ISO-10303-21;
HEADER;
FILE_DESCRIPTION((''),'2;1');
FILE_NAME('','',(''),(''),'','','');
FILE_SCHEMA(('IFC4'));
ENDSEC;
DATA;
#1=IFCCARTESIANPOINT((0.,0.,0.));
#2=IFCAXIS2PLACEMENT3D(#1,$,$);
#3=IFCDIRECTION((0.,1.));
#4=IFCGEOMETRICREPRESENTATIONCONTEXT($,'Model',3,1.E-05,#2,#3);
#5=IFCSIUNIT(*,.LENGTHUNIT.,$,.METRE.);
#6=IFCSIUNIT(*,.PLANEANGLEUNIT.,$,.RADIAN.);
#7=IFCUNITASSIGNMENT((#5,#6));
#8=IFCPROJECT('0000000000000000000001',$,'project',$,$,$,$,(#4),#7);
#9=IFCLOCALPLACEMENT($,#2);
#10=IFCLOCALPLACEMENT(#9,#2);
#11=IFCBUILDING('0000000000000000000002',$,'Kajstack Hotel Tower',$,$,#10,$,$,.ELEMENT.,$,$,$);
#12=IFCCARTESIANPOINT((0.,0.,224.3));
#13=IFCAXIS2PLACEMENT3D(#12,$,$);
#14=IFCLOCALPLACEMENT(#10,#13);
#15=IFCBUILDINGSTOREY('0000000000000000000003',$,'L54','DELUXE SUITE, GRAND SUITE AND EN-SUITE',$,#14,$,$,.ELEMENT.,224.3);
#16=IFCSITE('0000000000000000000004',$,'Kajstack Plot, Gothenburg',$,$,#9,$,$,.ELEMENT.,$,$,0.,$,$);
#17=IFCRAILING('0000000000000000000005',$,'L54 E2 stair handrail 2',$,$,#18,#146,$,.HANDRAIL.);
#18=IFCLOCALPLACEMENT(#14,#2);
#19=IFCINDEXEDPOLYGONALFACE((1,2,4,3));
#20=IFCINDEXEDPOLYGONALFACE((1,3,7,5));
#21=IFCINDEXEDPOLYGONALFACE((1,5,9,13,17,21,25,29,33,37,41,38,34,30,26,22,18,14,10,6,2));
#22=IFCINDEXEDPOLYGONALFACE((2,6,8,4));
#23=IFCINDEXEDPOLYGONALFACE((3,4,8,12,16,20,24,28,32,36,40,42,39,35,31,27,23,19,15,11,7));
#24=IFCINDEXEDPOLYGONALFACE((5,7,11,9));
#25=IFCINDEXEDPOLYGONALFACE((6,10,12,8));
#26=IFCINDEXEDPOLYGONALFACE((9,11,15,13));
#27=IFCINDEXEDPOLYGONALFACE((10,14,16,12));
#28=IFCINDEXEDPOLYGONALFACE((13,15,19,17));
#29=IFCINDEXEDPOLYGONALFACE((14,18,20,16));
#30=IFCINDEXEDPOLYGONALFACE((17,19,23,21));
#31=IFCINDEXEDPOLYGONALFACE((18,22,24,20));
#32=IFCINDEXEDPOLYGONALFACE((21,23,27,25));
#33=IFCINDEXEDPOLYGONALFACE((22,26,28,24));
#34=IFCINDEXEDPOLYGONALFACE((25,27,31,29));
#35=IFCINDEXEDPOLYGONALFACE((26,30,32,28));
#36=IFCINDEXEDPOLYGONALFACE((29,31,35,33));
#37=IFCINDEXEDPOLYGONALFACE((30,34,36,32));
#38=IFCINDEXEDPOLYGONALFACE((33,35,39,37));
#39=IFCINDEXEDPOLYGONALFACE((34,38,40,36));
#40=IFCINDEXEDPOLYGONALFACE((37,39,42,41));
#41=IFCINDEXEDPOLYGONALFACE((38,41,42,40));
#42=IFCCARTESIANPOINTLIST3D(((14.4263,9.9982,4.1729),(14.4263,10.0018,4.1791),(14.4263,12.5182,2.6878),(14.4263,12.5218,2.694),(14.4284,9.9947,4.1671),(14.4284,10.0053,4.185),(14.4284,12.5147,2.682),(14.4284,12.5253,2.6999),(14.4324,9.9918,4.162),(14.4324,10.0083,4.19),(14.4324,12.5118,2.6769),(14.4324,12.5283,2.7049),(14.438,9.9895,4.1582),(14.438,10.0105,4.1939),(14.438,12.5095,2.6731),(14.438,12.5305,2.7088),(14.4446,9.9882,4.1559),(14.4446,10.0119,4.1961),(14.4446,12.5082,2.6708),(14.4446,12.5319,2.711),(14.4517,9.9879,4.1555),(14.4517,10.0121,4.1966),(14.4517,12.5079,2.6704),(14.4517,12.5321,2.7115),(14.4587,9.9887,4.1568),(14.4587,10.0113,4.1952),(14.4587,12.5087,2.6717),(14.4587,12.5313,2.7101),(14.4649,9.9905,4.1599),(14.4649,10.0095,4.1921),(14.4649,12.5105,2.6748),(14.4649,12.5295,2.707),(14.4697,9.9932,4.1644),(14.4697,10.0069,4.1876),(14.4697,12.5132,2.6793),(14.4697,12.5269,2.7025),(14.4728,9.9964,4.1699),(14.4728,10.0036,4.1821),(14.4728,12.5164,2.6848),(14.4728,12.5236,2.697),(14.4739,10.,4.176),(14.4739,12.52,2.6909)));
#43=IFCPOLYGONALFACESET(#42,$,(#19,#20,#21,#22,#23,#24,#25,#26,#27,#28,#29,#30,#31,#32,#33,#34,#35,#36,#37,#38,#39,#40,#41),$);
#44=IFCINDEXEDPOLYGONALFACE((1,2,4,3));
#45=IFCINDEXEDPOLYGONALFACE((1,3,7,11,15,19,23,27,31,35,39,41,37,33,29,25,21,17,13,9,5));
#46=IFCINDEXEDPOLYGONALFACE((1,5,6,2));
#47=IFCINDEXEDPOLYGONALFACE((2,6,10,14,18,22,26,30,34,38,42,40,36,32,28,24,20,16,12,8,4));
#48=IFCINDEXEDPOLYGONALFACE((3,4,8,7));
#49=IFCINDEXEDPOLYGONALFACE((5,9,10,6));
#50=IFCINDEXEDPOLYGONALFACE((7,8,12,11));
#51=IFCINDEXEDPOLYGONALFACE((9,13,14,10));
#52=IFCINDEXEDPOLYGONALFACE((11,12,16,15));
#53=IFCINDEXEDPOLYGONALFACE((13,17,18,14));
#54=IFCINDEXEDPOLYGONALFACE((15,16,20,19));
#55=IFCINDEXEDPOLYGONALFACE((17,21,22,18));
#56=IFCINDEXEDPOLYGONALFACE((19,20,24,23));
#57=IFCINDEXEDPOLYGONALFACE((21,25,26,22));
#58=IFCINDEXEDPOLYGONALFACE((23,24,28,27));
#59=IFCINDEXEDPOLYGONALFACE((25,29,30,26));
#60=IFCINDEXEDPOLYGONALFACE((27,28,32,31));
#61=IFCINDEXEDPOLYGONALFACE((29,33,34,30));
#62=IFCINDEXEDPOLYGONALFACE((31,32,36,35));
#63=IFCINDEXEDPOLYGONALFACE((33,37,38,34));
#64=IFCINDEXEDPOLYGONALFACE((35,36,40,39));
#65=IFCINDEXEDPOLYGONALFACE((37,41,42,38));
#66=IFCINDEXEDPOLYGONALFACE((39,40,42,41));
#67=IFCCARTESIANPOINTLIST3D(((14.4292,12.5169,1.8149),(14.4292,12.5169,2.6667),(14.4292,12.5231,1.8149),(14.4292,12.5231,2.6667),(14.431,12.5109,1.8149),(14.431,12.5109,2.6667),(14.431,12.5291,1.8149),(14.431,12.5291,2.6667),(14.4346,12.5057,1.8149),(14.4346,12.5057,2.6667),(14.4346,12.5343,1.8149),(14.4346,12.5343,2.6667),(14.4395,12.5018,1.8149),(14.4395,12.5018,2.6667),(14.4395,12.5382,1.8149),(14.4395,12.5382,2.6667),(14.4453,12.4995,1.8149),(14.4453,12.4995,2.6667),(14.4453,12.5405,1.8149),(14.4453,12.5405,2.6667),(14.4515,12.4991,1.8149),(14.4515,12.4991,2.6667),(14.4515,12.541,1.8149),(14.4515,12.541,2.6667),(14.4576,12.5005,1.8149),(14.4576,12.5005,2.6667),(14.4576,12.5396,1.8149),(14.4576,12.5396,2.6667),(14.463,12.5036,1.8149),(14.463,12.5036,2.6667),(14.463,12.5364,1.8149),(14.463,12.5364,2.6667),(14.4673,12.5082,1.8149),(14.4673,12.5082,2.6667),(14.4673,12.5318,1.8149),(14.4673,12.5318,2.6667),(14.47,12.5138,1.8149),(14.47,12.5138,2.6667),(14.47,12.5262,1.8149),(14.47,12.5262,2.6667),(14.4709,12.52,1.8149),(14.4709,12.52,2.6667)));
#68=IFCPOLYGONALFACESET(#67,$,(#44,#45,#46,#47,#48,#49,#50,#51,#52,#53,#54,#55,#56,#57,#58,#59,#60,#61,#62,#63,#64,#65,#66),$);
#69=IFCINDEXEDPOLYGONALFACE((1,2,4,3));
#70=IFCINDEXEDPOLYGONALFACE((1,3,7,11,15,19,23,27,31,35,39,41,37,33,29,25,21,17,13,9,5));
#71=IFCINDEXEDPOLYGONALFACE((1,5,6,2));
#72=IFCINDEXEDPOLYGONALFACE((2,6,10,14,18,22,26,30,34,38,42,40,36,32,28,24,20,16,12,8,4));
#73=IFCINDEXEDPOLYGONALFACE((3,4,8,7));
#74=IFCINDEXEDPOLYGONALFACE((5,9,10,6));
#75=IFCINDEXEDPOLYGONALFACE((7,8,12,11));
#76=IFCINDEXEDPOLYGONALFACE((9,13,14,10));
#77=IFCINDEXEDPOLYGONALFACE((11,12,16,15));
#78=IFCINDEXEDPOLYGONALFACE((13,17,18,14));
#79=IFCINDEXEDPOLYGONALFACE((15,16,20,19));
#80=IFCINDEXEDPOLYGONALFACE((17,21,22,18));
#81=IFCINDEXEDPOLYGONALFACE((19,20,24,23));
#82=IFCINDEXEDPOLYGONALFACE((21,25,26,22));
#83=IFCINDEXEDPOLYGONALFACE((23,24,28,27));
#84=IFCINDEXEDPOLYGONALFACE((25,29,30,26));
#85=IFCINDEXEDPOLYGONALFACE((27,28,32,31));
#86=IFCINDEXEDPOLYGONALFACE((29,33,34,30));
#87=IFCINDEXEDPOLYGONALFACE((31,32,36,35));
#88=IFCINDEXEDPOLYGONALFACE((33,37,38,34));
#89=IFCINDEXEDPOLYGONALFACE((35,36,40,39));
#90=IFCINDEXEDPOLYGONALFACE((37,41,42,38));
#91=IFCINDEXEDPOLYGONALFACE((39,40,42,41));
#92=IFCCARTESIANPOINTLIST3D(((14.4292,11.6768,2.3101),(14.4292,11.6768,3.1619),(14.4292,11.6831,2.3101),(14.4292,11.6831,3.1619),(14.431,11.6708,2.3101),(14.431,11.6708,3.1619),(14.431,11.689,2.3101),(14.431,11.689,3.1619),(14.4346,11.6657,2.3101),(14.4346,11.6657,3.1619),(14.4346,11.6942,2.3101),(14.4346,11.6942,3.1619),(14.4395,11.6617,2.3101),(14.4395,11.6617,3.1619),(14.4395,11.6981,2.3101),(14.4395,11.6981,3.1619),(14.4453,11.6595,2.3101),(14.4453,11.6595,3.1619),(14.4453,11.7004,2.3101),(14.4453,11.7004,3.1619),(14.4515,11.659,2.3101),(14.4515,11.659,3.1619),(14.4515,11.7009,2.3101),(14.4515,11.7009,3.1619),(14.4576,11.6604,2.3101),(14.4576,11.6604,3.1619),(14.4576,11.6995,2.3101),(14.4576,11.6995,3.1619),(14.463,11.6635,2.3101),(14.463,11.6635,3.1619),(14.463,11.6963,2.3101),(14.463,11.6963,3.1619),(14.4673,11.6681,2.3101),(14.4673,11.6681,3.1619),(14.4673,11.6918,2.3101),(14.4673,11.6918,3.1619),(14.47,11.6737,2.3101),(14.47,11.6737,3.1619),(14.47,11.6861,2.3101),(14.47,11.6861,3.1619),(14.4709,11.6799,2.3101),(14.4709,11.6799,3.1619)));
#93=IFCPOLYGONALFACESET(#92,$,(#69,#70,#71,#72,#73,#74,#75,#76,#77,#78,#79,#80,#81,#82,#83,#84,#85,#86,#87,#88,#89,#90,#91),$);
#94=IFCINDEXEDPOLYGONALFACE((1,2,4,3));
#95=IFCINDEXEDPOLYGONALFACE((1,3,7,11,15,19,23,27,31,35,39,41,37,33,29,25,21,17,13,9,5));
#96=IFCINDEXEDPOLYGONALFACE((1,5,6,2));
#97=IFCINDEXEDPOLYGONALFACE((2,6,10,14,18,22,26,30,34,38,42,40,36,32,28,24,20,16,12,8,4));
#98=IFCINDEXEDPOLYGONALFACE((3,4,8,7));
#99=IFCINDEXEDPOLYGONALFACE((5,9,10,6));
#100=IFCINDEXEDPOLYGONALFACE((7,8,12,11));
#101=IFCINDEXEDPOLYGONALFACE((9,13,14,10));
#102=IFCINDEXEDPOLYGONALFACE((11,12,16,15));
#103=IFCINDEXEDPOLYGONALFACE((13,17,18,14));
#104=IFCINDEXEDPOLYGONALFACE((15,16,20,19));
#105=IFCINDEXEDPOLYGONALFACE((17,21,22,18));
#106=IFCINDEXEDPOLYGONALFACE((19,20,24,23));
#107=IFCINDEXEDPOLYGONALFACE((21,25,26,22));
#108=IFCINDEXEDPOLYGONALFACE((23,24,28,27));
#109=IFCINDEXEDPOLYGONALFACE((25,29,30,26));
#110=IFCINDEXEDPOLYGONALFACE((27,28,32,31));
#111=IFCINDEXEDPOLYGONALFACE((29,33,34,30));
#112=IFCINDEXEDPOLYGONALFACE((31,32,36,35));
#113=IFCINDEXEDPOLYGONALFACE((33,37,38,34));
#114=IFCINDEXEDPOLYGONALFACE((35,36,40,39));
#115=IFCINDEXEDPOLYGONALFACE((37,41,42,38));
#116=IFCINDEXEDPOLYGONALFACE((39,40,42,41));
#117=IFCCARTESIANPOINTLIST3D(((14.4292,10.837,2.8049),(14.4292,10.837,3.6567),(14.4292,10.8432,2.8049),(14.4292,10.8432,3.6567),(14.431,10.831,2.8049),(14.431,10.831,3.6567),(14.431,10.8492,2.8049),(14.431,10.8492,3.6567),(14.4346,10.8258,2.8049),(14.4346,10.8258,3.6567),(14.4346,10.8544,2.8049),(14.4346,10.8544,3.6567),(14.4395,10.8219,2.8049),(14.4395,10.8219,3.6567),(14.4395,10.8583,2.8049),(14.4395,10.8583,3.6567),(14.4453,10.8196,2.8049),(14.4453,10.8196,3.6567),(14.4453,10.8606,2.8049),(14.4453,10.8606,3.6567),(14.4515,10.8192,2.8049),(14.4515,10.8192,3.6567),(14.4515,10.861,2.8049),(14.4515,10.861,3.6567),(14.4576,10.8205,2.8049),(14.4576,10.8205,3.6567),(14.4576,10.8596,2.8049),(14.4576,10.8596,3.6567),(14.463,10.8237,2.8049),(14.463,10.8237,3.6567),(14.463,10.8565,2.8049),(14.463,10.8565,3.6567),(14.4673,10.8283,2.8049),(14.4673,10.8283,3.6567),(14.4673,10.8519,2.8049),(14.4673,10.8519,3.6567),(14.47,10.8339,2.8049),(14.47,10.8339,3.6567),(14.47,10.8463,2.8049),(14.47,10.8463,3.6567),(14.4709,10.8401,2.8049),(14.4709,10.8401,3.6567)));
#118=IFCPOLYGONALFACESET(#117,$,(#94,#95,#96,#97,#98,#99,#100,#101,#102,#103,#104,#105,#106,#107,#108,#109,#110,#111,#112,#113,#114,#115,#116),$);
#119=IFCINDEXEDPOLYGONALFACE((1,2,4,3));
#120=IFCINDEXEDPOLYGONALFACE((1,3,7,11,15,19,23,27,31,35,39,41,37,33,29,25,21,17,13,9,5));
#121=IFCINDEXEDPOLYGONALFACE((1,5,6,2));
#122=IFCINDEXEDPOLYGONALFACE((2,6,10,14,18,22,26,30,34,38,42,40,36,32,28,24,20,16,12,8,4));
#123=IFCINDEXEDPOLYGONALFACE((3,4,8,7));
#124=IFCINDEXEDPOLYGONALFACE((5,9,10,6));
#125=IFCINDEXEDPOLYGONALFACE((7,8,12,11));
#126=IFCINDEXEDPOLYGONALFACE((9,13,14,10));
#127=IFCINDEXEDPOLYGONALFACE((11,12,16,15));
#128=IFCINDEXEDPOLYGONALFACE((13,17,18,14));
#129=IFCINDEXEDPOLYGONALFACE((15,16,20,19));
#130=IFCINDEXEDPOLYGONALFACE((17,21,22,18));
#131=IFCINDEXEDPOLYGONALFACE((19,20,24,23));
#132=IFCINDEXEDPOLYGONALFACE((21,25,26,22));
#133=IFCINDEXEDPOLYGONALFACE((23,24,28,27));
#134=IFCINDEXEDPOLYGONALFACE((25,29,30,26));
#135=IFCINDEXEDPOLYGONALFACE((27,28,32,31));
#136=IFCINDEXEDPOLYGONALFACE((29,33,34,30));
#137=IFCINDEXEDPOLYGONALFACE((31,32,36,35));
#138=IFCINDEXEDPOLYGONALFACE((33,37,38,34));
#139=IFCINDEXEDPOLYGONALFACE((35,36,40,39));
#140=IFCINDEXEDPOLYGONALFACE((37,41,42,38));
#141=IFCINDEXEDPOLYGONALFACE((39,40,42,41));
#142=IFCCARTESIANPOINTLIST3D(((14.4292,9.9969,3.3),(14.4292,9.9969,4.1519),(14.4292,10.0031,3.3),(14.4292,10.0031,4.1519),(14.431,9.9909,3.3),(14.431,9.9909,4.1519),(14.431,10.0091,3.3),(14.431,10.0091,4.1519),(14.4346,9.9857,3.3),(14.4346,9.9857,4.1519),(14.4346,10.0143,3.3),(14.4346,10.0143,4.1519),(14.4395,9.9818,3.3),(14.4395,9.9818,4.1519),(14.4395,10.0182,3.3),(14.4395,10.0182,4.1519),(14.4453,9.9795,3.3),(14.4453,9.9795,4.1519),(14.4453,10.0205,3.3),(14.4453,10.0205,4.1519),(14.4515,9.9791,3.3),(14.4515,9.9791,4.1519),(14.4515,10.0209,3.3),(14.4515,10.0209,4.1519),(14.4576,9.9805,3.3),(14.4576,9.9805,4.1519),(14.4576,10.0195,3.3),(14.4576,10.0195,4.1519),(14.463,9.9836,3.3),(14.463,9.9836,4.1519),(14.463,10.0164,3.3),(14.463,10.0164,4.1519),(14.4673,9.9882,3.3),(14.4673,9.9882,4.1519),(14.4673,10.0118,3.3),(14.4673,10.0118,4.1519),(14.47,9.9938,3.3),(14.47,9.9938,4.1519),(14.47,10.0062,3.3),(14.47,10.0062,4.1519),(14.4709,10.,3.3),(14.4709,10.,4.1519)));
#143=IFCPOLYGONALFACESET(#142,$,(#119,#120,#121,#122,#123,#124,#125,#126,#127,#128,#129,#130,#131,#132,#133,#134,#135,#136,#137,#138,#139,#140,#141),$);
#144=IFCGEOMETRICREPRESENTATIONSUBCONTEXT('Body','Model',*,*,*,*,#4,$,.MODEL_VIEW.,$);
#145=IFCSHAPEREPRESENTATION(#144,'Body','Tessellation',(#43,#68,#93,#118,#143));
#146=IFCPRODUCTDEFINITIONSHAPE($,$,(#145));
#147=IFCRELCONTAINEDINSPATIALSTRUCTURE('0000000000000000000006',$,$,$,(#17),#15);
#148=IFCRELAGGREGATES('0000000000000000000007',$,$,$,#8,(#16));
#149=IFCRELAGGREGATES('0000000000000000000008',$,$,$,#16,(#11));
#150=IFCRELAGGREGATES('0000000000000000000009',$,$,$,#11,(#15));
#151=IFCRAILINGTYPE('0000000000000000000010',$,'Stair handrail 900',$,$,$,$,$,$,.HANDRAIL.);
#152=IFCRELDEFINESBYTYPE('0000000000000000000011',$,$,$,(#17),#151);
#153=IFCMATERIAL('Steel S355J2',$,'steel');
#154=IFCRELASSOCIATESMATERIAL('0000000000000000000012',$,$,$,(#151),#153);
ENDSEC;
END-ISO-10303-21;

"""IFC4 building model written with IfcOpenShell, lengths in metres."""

from ifc_helpers import new_model, si_unit, direction, frame, origin, origin_2d, place, context, subcontext, project, spatial, circle, extrude, material, type_object, element, save


model = new_model("IFC4")

# Units and contexts
model_context = context("Model", 3, precision=1e-05, world=origin(), true_north=direction((0.0, 1.0)))
body_context = subcontext(model_context, "Body", "Model", "MODEL_VIEW")
ifc_project = project(units=[si_unit("LENGTHUNIT", "METRE"), si_unit("PLANEANGLEUNIT", "RADIAN")], contexts=[model_context])

# Site, building, storey
site_placement = place(None, origin())
site = spatial("IfcSite", under=ifc_project, at=site_placement, Name="Kajstack Plot, Gothenburg", CompositionType="ELEMENT", RefElevation=0.0)
building_placement = place(site_placement, origin())
building = spatial("IfcBuilding", under=site, at=building_placement, Name="Kajstack Hotel Tower", CompositionType="ELEMENT")
storey_placement = place(building_placement, frame((0.0, 0.0, 224.3)))
storey = spatial("IfcBuildingStorey", under=building, at=storey_placement, Name="L54", Description="DELUXE SUITE, GRAND SUITE AND EN-SUITE", CompositionType="ELEMENT", Elevation=224.3)

# Railing
ifc_material_1 = material(Name="Steel S355J2", Category="steel")
railing_type_1 = type_object("IfcRailingType", Name="Stair handrail 900", PredefinedType="HANDRAIL", material=ifc_material_1)
railing_1_placement = place(storey_placement, frame((14.45, 12.52, 1.8149)))
element("IfcRailing", 1, at=railing_1_placement, inside=storey, type_object=railing_type_1, Name="L54 E2 stair handrail 2", PredefinedType="HANDRAIL", context=body_context, shape_type="SweptSolid", body=[
    extrude(circle(Radius=0.0239, at=origin_2d()), frame((0.0, 0.0, 0.876), z_axis=(0.0, -0.861524, 0.507717), x_axis=(1.0, 0.0, 0.0)), (0.0, 0.0, 1.0), 2.925),
    extrude(circle(Radius=0.021, at=origin_2d()), origin(), (0.0, 0.0, 1.0), 0.8518),
    extrude(circle(Radius=0.021, at=origin_2d()), frame((0.0, -0.8401, 0.4951)), (0.0, 0.0, 1.0), 0.8518),
    extrude(circle(Radius=0.021, at=origin_2d()), frame((0.0, -1.6799, 0.99)), (0.0, 0.0, 1.0), 0.8518),
    extrude(circle(Radius=0.021, at=origin_2d()), frame((0.0, -2.52, 1.4851)), (0.0, 0.0, 1.0), 0.8518),
])

save(model, "model.ifc")
